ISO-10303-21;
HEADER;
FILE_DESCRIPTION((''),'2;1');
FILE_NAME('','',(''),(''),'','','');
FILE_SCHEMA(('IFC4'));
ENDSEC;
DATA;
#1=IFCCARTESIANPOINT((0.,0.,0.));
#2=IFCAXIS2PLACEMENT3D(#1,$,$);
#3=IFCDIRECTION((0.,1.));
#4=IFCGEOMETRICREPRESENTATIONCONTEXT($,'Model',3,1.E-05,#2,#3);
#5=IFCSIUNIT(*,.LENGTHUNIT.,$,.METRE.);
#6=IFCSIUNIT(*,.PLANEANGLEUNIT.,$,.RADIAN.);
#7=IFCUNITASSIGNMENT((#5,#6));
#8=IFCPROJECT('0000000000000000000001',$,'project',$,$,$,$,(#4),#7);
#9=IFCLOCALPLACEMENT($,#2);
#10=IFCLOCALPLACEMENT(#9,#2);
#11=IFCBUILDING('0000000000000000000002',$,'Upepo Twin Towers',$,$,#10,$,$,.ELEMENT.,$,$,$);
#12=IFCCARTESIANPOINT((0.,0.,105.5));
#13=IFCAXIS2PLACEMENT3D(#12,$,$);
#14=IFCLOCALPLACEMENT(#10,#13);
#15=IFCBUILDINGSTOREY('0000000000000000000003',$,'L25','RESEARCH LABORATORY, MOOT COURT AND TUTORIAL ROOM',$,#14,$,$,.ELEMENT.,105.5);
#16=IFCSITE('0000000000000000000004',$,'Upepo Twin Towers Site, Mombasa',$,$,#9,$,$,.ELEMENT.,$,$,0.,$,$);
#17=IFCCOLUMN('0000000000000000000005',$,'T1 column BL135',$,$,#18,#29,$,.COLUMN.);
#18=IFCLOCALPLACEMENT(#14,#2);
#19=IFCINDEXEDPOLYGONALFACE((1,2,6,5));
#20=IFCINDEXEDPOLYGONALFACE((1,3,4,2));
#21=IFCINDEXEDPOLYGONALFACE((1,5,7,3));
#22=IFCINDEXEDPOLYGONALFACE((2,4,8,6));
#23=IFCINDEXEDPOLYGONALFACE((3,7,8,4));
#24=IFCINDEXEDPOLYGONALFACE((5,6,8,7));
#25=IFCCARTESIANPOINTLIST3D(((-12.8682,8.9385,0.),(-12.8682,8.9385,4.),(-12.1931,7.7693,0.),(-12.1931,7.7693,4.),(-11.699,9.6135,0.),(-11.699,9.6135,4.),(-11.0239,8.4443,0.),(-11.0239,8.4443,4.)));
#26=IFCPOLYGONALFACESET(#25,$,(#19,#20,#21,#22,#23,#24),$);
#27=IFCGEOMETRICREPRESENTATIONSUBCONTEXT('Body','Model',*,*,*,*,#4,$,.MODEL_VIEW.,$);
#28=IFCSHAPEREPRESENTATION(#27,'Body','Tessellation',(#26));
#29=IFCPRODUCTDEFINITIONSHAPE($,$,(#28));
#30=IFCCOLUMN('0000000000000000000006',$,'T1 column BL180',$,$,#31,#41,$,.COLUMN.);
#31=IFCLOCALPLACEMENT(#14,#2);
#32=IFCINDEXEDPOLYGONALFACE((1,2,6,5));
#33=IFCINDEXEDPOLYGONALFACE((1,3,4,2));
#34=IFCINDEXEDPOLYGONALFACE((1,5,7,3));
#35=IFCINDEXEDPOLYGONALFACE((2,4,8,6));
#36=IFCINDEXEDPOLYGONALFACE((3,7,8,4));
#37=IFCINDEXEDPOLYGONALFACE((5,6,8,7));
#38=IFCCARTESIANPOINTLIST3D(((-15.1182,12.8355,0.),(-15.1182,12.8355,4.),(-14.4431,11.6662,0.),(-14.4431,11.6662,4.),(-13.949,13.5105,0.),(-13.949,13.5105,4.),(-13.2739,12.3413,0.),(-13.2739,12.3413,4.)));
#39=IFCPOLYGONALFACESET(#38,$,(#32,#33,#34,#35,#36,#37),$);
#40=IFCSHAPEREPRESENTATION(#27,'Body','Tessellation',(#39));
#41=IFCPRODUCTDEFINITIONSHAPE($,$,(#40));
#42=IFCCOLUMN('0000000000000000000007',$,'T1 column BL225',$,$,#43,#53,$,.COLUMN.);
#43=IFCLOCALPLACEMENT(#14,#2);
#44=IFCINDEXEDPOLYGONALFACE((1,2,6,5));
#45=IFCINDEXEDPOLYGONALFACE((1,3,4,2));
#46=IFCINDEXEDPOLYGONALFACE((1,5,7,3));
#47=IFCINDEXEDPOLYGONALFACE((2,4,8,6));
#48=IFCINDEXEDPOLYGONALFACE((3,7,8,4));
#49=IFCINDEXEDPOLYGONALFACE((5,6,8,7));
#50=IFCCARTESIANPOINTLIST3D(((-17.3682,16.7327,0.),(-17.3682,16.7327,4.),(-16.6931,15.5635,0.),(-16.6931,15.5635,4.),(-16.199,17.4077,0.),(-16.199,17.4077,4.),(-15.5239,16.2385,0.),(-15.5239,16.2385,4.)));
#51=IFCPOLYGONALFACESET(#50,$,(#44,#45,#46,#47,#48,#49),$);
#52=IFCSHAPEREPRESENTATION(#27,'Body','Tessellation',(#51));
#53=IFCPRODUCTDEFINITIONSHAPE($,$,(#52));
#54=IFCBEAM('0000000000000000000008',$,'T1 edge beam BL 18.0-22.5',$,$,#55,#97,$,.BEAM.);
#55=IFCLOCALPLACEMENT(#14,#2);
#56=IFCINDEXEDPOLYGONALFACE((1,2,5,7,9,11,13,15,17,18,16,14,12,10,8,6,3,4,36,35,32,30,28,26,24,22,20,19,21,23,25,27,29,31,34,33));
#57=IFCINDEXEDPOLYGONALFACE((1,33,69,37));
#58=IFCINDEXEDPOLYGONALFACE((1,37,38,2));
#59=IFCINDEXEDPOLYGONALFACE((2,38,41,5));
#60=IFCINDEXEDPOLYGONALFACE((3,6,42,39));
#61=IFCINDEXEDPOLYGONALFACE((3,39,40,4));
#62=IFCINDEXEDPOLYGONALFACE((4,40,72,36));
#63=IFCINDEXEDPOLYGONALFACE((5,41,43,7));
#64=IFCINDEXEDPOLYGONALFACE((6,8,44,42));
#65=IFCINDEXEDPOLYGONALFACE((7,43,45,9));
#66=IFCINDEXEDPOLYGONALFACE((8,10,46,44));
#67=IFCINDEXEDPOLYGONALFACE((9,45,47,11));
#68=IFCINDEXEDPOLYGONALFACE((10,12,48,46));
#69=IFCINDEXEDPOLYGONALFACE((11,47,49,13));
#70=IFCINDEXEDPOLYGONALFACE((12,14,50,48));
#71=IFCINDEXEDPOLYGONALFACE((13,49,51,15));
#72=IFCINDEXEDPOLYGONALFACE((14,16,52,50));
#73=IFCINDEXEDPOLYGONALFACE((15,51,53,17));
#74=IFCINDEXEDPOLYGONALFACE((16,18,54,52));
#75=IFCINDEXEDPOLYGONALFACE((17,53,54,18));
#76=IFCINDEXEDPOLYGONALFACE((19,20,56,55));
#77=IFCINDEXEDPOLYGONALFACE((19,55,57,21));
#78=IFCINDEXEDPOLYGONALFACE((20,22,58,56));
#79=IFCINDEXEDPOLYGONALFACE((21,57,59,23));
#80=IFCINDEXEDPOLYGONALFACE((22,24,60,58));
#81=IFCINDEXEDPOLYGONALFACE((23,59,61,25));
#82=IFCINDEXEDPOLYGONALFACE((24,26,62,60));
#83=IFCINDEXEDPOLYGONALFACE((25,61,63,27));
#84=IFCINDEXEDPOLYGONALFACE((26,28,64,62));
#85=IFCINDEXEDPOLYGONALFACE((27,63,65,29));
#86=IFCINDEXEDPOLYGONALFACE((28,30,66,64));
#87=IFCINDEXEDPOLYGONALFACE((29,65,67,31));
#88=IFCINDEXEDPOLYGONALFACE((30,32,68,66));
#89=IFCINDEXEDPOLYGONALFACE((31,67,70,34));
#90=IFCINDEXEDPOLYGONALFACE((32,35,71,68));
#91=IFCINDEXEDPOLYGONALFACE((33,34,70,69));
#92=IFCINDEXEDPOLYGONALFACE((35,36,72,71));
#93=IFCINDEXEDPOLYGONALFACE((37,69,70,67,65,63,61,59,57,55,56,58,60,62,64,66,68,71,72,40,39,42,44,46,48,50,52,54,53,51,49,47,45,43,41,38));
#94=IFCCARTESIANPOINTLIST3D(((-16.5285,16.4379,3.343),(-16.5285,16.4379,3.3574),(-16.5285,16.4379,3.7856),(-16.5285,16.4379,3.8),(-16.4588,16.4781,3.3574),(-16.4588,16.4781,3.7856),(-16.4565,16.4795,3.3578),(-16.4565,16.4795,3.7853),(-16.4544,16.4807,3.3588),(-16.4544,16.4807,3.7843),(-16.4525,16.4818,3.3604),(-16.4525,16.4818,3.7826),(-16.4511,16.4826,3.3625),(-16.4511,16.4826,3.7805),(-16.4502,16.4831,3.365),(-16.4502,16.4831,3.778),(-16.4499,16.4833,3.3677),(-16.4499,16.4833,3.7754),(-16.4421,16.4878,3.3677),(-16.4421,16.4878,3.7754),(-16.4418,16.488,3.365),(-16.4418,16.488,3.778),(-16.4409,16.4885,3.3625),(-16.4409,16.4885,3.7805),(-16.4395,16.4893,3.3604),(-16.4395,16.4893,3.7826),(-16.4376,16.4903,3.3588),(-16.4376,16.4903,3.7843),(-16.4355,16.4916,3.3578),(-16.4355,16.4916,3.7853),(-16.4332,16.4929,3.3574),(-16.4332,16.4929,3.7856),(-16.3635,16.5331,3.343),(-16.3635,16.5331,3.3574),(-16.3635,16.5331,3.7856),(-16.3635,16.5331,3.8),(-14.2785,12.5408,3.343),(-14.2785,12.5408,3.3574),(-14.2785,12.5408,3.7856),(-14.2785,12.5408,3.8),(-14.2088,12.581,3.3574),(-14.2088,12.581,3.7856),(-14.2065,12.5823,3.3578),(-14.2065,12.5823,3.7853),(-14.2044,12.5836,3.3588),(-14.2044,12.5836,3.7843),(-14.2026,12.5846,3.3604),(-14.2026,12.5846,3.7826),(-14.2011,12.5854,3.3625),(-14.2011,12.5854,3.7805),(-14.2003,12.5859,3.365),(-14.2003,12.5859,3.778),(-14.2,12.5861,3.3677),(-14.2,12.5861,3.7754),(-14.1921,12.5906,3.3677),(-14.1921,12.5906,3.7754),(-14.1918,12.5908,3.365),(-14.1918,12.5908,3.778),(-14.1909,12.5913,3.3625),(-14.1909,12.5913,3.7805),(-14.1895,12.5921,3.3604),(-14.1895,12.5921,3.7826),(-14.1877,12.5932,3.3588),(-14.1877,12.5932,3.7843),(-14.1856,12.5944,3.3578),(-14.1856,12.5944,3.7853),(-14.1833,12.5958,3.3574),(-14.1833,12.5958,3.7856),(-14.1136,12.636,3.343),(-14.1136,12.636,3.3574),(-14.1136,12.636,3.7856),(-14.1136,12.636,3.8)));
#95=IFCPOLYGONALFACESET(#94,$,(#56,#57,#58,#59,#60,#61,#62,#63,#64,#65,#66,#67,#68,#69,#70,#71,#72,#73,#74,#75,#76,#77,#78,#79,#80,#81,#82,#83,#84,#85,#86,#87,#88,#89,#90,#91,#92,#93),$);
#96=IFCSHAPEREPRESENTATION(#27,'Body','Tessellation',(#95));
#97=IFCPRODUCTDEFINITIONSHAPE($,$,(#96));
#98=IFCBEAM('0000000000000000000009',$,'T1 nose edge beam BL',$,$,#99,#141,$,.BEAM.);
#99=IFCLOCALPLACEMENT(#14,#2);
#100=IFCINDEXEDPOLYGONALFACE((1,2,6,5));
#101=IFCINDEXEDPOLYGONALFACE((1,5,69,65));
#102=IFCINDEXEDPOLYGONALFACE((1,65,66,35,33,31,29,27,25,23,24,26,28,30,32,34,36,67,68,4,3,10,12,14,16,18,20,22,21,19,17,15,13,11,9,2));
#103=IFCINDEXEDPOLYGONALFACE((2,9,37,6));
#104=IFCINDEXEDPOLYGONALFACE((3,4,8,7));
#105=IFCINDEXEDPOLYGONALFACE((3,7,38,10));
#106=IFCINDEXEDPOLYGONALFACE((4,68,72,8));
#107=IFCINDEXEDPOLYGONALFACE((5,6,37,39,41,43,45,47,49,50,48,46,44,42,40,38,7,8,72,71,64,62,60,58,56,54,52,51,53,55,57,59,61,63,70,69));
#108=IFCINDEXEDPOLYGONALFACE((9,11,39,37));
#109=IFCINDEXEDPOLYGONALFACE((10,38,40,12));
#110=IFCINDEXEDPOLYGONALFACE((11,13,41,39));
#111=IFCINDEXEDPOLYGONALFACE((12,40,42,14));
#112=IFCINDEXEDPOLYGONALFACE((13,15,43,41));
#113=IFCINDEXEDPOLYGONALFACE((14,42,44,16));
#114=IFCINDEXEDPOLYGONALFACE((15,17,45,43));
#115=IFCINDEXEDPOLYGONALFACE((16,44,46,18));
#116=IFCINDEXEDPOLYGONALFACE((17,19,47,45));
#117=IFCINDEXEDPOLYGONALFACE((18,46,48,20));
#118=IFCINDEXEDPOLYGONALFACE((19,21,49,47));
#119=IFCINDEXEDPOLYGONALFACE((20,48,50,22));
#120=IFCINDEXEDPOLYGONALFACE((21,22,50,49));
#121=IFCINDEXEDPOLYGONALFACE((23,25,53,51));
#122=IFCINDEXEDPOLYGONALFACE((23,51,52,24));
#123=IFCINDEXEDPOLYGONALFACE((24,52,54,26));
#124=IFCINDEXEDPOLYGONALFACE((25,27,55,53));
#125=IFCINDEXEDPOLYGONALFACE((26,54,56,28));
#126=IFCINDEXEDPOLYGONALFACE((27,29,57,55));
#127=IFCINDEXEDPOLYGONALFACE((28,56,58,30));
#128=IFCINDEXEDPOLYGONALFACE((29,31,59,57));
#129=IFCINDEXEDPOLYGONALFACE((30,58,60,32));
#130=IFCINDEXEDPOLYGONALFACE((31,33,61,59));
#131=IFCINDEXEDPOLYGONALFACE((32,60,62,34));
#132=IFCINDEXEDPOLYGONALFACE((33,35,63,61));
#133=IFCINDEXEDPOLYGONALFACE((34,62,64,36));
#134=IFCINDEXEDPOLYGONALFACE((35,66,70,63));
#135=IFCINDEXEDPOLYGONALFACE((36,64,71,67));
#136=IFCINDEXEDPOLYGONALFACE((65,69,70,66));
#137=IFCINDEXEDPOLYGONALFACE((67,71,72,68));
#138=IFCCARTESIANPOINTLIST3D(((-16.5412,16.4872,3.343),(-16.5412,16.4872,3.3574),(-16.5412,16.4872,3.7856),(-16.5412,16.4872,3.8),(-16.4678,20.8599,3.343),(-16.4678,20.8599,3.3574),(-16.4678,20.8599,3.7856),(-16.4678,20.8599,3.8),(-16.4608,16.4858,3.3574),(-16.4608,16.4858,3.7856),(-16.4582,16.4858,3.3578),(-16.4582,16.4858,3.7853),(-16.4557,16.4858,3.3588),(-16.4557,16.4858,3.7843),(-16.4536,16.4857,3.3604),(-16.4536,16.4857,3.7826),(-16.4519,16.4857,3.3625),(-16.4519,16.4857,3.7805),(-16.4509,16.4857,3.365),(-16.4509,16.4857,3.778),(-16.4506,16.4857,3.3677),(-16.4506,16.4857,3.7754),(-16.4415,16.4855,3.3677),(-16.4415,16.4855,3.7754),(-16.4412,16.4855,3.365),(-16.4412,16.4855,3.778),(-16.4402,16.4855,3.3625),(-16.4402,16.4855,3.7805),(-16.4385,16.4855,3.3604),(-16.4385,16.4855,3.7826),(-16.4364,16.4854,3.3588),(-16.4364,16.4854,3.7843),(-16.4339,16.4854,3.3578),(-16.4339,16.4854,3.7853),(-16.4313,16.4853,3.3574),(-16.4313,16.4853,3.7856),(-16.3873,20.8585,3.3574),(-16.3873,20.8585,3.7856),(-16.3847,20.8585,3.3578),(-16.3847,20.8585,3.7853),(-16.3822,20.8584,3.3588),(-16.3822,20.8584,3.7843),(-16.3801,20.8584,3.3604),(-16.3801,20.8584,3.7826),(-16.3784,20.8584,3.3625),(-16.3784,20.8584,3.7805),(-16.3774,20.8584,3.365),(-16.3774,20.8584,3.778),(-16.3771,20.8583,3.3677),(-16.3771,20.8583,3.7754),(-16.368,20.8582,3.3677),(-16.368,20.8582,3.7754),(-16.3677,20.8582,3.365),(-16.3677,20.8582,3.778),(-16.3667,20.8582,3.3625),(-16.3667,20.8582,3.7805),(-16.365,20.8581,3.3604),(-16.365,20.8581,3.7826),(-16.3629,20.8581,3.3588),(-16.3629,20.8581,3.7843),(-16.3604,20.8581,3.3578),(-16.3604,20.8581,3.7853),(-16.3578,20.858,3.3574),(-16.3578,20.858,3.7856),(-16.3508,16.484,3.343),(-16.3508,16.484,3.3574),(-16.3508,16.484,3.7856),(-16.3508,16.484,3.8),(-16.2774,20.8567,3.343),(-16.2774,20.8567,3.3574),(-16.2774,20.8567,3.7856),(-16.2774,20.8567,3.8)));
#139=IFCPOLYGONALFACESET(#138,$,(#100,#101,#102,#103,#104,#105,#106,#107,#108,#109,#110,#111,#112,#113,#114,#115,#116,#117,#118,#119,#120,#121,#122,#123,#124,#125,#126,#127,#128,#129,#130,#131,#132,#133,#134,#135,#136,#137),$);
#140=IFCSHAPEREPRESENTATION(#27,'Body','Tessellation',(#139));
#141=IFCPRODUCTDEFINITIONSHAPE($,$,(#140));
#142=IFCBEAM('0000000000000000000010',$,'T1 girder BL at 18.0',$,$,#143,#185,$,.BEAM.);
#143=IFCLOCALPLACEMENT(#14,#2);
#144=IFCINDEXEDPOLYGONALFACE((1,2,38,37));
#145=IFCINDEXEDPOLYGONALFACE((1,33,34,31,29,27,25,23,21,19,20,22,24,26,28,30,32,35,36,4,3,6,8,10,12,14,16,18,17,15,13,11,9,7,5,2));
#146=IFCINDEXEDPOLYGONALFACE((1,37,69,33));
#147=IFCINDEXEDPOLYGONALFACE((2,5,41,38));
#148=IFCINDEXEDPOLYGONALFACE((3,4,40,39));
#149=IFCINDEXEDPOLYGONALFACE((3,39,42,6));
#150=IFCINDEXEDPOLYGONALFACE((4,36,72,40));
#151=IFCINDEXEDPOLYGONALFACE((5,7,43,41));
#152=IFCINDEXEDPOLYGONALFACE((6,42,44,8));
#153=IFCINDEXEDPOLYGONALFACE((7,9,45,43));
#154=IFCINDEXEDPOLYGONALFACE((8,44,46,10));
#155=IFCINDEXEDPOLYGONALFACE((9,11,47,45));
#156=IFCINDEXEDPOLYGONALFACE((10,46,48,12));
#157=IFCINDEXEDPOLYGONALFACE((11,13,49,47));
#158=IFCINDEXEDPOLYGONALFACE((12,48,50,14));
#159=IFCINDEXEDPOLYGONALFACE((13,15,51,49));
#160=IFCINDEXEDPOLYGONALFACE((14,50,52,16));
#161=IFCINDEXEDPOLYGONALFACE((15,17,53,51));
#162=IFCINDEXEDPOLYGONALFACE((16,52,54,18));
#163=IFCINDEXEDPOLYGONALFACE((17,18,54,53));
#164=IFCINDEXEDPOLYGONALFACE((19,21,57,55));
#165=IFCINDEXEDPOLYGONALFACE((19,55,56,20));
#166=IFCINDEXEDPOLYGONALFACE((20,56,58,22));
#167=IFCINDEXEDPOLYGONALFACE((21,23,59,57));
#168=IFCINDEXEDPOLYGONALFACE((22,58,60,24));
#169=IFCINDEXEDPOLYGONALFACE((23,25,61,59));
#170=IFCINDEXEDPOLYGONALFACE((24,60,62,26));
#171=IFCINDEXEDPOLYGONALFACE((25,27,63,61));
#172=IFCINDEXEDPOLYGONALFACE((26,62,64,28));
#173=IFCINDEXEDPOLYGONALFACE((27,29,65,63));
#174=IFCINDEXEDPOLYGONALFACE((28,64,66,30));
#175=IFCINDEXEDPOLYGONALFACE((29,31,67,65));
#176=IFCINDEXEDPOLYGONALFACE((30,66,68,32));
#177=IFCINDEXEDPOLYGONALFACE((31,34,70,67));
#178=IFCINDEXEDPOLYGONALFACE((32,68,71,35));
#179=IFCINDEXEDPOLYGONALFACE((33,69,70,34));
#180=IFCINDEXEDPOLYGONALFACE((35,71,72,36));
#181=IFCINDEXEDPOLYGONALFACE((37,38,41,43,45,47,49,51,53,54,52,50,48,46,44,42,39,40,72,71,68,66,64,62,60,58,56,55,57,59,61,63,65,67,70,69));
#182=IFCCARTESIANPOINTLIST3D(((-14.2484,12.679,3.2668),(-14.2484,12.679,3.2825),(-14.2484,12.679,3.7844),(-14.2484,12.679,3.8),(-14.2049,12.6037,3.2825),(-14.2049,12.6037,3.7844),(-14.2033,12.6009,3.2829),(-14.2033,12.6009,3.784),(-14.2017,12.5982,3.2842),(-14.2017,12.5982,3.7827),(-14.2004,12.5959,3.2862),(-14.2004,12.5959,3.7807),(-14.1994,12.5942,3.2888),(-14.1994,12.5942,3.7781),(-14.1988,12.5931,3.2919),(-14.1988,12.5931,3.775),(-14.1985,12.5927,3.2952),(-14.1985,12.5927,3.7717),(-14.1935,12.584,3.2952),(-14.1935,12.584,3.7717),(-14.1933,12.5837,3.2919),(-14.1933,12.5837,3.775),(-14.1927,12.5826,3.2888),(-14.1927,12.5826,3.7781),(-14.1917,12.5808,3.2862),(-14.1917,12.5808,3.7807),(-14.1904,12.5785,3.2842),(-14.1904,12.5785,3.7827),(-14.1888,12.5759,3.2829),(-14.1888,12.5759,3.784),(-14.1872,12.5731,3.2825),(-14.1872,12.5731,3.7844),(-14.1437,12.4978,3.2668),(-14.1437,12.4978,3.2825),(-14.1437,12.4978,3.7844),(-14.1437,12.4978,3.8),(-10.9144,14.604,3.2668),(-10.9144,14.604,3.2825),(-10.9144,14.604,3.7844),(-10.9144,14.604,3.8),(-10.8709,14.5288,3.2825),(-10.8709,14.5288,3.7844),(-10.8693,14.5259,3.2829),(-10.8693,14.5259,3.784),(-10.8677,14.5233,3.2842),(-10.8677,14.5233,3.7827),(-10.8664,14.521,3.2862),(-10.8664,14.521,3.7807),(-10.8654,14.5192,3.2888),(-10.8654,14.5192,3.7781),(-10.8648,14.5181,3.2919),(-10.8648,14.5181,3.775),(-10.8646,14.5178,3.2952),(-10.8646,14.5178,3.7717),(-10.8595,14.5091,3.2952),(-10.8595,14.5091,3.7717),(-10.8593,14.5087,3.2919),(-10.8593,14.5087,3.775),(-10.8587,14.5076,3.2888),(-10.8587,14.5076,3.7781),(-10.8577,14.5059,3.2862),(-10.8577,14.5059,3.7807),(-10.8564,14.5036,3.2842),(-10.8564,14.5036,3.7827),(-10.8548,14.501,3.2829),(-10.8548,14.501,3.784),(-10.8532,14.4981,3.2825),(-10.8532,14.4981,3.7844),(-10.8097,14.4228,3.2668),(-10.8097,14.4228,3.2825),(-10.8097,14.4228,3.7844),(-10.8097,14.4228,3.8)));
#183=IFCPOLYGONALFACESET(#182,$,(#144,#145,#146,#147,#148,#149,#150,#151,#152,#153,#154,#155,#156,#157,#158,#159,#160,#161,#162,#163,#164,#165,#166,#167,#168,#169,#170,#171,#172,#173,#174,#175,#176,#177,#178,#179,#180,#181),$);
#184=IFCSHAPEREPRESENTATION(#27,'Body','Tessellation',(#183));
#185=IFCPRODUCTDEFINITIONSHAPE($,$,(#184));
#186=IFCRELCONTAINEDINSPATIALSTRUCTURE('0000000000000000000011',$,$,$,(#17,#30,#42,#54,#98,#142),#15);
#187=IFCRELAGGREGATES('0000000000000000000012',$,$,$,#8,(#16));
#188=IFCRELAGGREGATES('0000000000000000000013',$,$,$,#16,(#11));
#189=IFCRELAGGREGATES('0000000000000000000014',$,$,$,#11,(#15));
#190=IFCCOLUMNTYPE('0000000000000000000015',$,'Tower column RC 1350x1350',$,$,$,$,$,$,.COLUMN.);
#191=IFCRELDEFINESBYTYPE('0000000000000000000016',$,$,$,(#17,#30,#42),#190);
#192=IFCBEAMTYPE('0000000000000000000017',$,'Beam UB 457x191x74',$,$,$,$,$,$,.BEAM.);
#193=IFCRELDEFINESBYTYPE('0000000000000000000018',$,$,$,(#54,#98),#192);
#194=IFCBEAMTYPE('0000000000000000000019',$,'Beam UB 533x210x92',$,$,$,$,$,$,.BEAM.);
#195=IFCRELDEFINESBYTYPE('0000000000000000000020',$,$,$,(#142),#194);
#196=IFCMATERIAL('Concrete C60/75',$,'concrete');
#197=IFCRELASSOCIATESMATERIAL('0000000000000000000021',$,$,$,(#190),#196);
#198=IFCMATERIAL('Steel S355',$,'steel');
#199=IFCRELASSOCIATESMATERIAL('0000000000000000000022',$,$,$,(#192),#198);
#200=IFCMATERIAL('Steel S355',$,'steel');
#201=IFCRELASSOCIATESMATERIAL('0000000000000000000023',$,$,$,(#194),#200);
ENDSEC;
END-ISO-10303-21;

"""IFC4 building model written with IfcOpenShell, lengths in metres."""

from ifc_helpers import new_model, si_unit, direction, frame, origin, origin_2d, place, context, subcontext, project, spatial, rectangle, i_section, extrude, material, material_profile, profile_set, type_object, element, save


model = new_model("IFC4")

# Units and contexts
model_context = context("Model", 3, precision=1e-05, world=origin(), true_north=direction((0.0, 1.0)))
body_context = subcontext(model_context, "Body", "Model", "MODEL_VIEW")
ifc_project = project(units=[si_unit("LENGTHUNIT", "METRE"), si_unit("PLANEANGLEUNIT", "RADIAN")], contexts=[model_context])

# Site, building, storey
site_placement = place(None, origin())
site = spatial("IfcSite", under=ifc_project, at=site_placement, Name="Upepo Twin Towers Site, Mombasa", CompositionType="ELEMENT", RefElevation=0.0)
building_placement = place(site_placement, origin())
building = spatial("IfcBuilding", under=site, at=building_placement, Name="Upepo Twin Towers", CompositionType="ELEMENT")
storey_placement = place(building_placement, frame((0.0, 0.0, 105.5)))
storey = spatial("IfcBuildingStorey", under=building, at=storey_placement, Name="L25", Description="RESEARCH LABORATORY, MOOT COURT AND TUTORIAL ROOM", CompositionType="ELEMENT", Elevation=105.5)

# Columns
ifc_material_1 = material(Name="Concrete C60/75", Category="concrete")
ifc_material_profile_1 = material_profile(ifc_material_1, rectangle(XDim=1.3501, YDim=1.3501, at=origin_2d()), Name="RC 1350x1350")
ifc_profile_set_1 = profile_set([ifc_material_profile_1], Name="Concrete C60/75")
column_type = type_object("IfcColumnType", Name="Tower column RC 1350x1350", PredefinedType="COLUMN", material=ifc_profile_set_1)
for number, where, z_axis, x_axis, name in (
    (1, (-11.946, 8.6914, 0.0), (0.0, 0.0, 1.0), (0.866025, 0.5, 0.0), "T1 column BL135"),
    (2, (-14.196, 12.5884, 0.0), (0.0, 0.0, 1.0), (0.866025, 0.5, 0.0), "T1 column BL180"),
    (3, (-16.446, 16.4856, 0.0), (0.0, 0.0, 1.0), (0.866025, 0.5, 0.0), "T1 column BL225"),
):
    element("IfcColumn", number, at=place(storey_placement, frame(where, z_axis=z_axis, x_axis=x_axis)), inside=storey, type_object=column_type, Name=name, PredefinedType="COLUMN", context=body_context, shape_type="SweptSolid", body=[
        extrude(rectangle(XDim=1.3501, YDim=1.3501, at=origin_2d()), origin(), (0.0, 0.0, 1.0), 4.0),
    ])

# Beams
ifc_material_2 = material(Name="Steel S355", Category="steel")
ifc_material_profile_2 = material_profile(ifc_material_2, i_section(OverallWidth=0.1904, OverallDepth=0.457, WebThickness=0.009, FlangeThickness=0.0144, FilletRadius=0.0103, at=origin_2d()), Name="UB 457x191x74")
ifc_profile_set_2 = profile_set([ifc_material_profile_2], Name="Steel S355")
beam_type_1 = type_object("IfcBeamType", Name="Beam UB 457x191x74", PredefinedType="BEAM", material=ifc_profile_set_2)
beam_1_placement = place(storey_placement, frame((-14.196, 12.5884, 3.5715), z_axis=(-0.49999, 0.866031, 0.0), x_axis=(-0.866031, -0.49999, 0.0)))
element("IfcBeam", 4, at=beam_1_placement, inside=storey, type_object=beam_type_1, Name="T1 edge beam BL 18.0-22.5", PredefinedType="BEAM", context=body_context, shape_type="SweptSolid", body=[
    extrude(i_section(OverallWidth=0.1904, OverallDepth=0.457, WebThickness=0.009, FlangeThickness=0.0144, FilletRadius=0.0103, at=origin_2d()), origin(), (0.0, 0.0, 1.0), 4.5),
])
beam_2_placement = place(storey_placement, frame((-16.446, 16.4856, 3.5715), z_axis=(0.016804, 0.999859, 0.0), x_axis=(-0.999859, 0.016804, 0.0)))
element("IfcBeam", 5, at=beam_2_placement, inside=storey, type_object=beam_type_1, Name="T1 nose edge beam BL", PredefinedType="BEAM", context=body_context, shape_type="SweptSolid", body=[
    extrude(i_section(OverallWidth=0.1904, OverallDepth=0.457, WebThickness=0.009, FlangeThickness=0.0144, FilletRadius=0.0103, at=origin_2d()), origin(), (0.0, 0.0, 1.0), 4.3733),
])
ifc_material_3 = material(Name="Steel S355", Category="steel")
ifc_material_profile_3 = material_profile(ifc_material_3, i_section(OverallWidth=0.2092, OverallDepth=0.5332, WebThickness=0.01, FlangeThickness=0.0156, FilletRadius=0.0127, at=origin_2d()), Name="UB 533x210x92")
ifc_profile_set_3 = profile_set([ifc_material_profile_3], Name="Steel S355")
beam_type_2 = type_object("IfcBeamType", Name="Beam UB 533x210x92", PredefinedType="BEAM", material=ifc_profile_set_3)
for number, where, z_axis, x_axis, name in (
    (6, (-14.196, 12.5884, 3.5334), (0.866006, 0.500034, 0.0), (-0.500034, 0.866006, 0.0), "T1 girder BL at 18.0"),
):
    element("IfcBeam", number, at=place(storey_placement, frame(where, z_axis=z_axis, x_axis=x_axis)), inside=storey, type_object=beam_type_2, Name=name, PredefinedType="BEAM", context=body_context, shape_type="SweptSolid", body=[
        extrude(i_section(OverallWidth=0.2092, OverallDepth=0.5332, WebThickness=0.01, FlangeThickness=0.0156, FilletRadius=0.0127, at=origin_2d()), origin(), (0.0, 0.0, 1.0), 3.8499),
    ])

save(model, "model.ifc")
